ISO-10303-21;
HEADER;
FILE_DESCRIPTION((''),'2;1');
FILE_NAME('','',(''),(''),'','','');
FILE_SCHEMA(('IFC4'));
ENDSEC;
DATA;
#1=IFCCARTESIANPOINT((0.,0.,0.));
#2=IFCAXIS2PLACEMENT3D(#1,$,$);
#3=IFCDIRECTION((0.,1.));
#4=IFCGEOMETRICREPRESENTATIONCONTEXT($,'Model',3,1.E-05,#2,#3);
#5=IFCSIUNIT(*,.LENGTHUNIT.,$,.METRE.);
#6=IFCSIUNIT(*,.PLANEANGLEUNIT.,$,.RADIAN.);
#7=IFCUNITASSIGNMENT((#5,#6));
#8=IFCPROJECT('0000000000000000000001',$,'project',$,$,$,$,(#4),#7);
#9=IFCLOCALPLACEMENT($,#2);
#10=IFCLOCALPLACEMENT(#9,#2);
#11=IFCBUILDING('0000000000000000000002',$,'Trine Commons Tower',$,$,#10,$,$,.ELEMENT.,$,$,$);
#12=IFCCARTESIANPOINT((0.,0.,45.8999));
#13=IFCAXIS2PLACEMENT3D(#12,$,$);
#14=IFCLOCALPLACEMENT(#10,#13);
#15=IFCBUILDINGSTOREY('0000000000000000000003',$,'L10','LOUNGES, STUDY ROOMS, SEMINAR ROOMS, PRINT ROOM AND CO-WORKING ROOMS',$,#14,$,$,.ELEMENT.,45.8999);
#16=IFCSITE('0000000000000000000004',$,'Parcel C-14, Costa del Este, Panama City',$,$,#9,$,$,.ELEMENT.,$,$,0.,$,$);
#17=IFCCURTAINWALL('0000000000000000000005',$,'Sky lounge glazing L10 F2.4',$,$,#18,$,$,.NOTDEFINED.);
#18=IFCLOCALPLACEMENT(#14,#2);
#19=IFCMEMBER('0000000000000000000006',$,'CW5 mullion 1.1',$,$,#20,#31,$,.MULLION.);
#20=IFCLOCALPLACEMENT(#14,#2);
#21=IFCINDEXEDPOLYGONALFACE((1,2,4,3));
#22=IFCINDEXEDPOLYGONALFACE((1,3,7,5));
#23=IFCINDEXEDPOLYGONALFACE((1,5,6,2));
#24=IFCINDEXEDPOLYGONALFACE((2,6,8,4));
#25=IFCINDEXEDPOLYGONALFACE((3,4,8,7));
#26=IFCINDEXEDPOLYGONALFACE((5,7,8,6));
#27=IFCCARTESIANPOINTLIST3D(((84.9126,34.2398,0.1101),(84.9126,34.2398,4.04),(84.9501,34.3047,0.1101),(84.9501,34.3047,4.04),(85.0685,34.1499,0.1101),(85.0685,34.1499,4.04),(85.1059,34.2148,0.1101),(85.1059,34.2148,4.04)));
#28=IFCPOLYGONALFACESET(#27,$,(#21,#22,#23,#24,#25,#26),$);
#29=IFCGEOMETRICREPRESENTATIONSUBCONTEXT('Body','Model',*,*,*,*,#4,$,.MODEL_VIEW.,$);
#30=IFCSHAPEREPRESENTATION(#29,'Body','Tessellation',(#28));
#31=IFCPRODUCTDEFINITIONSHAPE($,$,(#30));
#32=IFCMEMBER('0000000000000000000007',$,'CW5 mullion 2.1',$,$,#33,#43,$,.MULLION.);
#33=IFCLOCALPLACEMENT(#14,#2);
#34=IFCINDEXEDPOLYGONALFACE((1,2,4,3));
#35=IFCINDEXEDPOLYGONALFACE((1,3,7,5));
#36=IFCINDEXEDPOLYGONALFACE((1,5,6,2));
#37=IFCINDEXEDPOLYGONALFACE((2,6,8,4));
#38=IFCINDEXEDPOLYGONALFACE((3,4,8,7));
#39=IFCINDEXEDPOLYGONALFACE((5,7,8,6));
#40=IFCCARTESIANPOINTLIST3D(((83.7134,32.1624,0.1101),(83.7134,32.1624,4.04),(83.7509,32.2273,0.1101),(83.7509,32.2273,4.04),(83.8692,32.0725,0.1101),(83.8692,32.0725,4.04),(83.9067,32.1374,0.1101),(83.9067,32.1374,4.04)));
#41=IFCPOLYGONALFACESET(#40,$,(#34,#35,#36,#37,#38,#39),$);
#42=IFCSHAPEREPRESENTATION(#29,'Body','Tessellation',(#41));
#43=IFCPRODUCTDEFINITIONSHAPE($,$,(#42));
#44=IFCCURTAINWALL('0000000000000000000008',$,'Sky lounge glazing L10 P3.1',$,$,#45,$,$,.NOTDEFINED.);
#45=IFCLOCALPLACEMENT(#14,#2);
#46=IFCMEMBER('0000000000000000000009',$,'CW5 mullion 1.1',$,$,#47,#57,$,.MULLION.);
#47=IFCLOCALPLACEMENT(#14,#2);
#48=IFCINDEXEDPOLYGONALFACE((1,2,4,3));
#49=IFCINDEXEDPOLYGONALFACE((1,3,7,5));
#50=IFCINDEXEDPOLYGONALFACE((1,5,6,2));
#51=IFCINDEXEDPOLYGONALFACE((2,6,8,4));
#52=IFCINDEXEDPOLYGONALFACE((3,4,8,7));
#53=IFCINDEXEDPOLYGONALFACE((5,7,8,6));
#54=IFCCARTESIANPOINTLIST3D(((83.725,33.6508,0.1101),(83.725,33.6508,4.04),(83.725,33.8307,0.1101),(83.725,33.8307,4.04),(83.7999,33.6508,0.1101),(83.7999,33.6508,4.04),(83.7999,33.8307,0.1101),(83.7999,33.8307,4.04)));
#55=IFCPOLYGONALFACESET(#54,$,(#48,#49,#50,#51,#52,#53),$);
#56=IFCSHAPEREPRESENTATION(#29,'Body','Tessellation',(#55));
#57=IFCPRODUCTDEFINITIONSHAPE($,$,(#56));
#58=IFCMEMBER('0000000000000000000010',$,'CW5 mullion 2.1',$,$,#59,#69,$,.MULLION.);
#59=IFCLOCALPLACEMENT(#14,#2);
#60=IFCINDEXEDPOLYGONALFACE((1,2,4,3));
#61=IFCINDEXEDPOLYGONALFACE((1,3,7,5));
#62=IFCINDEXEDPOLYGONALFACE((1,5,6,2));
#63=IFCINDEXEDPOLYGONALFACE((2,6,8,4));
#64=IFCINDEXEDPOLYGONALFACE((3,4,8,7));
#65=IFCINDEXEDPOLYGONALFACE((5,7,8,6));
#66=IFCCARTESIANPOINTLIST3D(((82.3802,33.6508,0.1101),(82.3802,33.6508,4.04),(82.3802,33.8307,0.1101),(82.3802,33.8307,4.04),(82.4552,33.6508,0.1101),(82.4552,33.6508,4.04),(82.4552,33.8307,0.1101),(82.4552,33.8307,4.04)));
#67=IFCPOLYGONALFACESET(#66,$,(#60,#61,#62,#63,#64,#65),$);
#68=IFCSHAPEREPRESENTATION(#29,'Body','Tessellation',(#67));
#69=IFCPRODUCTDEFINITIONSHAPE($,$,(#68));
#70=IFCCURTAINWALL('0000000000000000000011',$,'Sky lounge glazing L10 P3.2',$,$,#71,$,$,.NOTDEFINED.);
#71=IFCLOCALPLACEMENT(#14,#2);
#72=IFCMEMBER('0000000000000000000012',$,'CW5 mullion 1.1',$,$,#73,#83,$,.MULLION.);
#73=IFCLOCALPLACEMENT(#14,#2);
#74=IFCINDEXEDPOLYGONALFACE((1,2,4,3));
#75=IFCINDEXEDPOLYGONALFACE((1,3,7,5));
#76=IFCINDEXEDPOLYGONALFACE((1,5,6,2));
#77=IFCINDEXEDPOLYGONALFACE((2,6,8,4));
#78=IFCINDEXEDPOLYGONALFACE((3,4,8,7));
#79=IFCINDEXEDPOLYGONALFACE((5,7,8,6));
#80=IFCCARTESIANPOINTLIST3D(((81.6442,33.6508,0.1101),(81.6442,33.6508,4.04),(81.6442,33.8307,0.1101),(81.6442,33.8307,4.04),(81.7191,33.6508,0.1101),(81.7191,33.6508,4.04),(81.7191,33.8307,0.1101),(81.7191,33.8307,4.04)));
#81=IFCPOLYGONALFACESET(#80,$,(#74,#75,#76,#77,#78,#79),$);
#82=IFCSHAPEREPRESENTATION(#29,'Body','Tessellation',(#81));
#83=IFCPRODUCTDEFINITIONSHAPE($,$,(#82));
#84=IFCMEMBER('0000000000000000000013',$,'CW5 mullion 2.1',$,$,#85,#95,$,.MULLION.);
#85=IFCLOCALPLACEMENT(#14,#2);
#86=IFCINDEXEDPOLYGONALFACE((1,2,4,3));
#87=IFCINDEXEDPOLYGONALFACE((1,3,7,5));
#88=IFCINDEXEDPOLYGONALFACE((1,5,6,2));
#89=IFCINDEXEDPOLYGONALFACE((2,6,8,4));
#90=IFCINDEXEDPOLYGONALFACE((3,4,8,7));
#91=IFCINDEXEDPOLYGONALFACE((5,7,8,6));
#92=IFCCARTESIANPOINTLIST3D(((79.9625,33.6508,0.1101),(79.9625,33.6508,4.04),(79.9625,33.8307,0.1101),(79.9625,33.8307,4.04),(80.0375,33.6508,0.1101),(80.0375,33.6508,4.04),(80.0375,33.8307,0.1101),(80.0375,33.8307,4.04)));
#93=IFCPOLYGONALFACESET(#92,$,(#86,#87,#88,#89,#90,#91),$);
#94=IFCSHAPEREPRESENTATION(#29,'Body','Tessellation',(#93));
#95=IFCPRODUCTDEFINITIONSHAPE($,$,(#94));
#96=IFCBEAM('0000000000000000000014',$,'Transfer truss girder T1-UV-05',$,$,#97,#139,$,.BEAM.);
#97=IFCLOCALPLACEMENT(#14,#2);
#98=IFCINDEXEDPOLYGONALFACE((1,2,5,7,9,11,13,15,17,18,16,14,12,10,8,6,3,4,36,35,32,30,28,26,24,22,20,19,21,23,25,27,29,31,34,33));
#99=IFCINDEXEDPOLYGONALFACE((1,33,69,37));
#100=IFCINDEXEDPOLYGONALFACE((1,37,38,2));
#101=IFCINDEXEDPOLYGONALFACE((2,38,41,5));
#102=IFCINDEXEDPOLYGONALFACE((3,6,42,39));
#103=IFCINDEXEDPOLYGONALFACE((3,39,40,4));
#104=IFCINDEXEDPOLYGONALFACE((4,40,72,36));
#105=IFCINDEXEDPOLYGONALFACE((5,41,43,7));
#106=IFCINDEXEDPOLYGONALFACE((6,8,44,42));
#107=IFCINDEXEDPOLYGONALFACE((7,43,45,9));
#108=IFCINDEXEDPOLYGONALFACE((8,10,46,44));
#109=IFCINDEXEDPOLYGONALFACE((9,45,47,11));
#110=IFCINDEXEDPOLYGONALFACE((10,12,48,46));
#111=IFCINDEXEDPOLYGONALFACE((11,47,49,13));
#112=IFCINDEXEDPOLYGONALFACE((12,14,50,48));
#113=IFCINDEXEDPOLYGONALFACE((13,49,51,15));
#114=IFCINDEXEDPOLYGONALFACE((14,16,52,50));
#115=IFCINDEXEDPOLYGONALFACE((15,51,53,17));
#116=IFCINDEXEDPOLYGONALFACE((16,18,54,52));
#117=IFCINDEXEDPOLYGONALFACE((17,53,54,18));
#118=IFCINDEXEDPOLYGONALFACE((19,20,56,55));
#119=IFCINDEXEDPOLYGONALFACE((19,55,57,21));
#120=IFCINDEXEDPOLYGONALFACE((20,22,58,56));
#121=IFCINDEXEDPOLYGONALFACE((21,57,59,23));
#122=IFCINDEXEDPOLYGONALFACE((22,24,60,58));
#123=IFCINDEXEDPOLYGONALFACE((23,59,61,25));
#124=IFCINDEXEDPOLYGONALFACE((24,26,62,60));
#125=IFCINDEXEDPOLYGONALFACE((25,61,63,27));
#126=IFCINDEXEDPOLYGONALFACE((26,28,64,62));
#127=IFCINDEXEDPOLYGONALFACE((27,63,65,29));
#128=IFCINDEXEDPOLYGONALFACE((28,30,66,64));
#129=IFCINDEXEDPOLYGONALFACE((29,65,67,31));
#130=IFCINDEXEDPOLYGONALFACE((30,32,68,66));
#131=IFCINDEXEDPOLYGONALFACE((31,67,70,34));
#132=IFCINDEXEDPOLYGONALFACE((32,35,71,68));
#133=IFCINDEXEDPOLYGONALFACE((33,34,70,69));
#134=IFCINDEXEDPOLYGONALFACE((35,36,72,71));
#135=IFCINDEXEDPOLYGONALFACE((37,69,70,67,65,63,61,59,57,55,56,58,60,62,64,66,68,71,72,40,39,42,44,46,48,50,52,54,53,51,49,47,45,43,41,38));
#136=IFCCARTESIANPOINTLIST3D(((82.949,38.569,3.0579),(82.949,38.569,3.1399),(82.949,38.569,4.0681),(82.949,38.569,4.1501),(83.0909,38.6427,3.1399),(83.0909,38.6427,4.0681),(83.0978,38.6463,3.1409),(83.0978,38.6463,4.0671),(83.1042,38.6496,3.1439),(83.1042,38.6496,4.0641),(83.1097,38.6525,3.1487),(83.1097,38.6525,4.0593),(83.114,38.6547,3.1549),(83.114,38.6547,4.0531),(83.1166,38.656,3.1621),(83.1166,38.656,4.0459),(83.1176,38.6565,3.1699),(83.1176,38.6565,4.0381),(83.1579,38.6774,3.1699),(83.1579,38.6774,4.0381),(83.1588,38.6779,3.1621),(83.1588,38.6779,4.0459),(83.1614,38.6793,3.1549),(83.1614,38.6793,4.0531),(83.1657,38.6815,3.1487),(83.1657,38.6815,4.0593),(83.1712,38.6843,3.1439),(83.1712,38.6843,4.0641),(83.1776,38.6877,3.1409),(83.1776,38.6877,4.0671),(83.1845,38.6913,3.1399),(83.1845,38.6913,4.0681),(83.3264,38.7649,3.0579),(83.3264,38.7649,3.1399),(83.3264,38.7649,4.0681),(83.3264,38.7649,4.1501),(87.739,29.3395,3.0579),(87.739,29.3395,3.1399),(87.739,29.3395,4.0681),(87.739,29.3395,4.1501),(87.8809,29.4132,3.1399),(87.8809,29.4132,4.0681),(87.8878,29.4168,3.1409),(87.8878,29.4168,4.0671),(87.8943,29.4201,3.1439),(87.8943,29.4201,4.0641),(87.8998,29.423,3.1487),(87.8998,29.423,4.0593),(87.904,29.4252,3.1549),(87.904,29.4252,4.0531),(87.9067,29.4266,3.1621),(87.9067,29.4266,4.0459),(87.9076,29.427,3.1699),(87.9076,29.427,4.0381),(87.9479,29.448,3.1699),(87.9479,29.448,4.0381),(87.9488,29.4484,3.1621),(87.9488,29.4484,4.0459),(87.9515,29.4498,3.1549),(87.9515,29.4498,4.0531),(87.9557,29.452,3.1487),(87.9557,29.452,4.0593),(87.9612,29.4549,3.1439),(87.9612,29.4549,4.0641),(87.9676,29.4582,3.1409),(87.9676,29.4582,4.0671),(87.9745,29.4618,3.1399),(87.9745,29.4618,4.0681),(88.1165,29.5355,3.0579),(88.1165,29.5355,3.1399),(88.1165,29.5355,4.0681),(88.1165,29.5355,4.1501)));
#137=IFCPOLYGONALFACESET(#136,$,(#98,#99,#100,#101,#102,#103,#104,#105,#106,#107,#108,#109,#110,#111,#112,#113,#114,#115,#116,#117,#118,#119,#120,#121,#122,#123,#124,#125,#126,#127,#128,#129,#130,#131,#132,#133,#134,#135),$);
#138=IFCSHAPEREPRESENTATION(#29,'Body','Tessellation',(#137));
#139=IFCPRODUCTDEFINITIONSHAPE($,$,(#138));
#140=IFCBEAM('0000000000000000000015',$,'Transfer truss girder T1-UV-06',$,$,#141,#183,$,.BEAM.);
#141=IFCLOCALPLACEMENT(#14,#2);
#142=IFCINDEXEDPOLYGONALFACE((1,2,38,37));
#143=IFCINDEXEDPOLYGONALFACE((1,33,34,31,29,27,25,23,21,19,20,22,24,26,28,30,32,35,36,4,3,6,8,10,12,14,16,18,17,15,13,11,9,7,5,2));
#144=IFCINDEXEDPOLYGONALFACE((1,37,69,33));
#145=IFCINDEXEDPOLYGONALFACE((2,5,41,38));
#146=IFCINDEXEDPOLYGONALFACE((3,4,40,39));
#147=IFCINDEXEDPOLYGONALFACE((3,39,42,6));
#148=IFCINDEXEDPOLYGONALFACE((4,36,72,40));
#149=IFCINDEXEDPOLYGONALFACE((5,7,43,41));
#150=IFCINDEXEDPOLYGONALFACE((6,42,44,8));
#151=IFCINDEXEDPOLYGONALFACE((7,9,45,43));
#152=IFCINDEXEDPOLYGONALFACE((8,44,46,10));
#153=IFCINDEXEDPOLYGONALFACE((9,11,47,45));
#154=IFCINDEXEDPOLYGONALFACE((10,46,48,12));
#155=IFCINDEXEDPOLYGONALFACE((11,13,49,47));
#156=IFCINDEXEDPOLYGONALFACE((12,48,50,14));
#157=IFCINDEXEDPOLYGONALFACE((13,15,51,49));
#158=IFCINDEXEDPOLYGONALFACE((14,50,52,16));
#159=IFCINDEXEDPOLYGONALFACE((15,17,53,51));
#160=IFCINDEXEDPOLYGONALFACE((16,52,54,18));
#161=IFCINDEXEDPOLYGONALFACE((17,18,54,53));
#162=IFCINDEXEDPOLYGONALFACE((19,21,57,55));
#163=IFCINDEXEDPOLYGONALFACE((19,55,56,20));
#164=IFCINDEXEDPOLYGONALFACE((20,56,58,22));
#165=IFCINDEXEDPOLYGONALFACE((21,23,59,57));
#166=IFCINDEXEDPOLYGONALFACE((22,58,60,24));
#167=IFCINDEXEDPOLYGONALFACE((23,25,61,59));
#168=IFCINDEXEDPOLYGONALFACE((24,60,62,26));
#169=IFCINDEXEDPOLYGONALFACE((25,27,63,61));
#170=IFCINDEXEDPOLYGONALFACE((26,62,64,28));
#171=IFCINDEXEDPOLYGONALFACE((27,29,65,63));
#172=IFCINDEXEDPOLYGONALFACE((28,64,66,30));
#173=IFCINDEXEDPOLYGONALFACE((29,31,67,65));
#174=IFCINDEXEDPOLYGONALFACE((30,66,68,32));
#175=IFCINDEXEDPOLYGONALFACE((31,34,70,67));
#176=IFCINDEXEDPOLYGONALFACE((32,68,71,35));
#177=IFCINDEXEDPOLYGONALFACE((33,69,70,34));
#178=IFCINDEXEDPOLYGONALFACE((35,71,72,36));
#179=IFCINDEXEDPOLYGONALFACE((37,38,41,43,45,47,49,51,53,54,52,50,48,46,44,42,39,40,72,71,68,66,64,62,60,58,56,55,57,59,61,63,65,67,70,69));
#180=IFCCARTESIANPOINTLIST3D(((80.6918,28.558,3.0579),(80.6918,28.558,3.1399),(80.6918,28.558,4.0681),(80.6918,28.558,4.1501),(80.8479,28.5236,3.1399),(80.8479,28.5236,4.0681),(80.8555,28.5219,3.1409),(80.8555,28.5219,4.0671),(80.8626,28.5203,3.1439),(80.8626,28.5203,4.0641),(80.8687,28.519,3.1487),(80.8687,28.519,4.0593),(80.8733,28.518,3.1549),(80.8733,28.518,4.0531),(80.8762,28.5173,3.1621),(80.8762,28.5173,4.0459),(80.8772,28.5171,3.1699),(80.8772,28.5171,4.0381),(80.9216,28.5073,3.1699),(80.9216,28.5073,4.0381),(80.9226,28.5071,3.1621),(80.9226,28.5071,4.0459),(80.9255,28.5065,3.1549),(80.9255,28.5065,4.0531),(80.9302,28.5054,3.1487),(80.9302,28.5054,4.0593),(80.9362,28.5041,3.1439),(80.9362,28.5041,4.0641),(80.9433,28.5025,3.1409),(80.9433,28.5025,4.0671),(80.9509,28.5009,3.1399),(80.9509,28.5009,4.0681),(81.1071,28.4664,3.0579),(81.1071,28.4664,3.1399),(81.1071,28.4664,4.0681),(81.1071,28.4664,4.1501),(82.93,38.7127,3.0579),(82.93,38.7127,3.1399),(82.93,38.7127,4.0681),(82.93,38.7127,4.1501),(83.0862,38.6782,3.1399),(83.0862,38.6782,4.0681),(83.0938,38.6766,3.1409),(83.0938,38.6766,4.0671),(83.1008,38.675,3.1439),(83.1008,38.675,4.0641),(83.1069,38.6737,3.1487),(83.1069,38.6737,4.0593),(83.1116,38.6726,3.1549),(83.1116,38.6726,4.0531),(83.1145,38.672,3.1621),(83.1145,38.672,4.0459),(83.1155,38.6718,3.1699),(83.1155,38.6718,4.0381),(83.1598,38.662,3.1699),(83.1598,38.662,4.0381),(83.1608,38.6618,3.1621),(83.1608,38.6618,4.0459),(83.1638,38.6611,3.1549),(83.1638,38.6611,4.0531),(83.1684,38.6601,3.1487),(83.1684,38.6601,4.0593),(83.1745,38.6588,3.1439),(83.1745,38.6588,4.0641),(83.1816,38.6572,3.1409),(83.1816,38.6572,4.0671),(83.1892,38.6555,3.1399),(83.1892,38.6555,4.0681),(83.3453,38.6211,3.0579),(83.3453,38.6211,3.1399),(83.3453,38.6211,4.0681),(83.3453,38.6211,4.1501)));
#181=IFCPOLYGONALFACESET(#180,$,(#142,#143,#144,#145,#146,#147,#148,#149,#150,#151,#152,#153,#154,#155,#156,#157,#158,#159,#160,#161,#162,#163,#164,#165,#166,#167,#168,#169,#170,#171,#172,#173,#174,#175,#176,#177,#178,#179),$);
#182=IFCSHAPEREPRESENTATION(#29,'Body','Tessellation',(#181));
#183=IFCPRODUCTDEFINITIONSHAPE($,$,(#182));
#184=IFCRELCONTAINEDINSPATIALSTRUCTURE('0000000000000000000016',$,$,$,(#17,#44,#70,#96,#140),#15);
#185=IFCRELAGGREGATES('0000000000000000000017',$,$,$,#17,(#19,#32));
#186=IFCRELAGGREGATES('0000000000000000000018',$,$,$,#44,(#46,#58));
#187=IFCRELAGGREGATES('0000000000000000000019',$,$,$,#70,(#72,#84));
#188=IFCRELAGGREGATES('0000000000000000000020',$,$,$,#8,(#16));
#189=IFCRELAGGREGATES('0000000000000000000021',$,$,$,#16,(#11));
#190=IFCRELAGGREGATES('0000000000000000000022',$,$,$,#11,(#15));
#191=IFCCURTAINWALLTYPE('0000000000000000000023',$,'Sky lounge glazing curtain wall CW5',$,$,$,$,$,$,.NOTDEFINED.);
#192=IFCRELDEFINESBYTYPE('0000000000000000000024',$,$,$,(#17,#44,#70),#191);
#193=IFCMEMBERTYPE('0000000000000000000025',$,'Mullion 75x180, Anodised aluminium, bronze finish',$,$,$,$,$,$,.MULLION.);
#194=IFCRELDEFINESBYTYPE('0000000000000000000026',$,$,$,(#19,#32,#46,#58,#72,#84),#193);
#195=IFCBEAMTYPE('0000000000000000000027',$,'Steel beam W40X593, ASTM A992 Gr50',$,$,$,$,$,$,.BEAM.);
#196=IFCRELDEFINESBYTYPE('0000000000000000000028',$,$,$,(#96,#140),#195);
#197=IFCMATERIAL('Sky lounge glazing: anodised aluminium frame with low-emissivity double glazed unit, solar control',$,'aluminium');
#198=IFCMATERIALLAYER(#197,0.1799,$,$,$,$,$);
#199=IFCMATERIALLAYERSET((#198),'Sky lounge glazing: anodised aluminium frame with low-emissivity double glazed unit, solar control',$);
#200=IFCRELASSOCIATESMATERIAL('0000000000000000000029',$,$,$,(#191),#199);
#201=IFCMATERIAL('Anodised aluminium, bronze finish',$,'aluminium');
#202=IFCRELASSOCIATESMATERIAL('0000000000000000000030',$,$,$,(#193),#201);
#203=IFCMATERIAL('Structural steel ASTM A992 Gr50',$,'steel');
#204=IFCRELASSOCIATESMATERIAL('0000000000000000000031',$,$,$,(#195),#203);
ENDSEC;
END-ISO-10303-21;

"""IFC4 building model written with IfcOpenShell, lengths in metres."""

from ifc_helpers import new_model, si_unit, direction, frame, origin, origin_2d, place, context, subcontext, project, spatial, rectangle, i_section, extrude, material, layer, layer_set, material_profile, profile_set, type_object, element, aggregate, save


model = new_model("IFC4")

# Units and contexts
model_context = context("Model", 3, precision=1e-05, world=origin(), true_north=direction((0.0, 1.0)))
body_context = subcontext(model_context, "Body", "Model", "MODEL_VIEW")
ifc_project = project(units=[si_unit("LENGTHUNIT", "METRE"), si_unit("PLANEANGLEUNIT", "RADIAN")], contexts=[model_context])

# Site, building, storey
site_placement = place(None, origin())
site = spatial("IfcSite", under=ifc_project, at=site_placement, Name="Parcel C-14, Costa del Este, Panama City", CompositionType="ELEMENT", RefElevation=0.0)
building_placement = place(site_placement, origin())
building = spatial("IfcBuilding", under=site, at=building_placement, Name="Trine Commons Tower", CompositionType="ELEMENT")
storey_placement = place(building_placement, frame((0.0, 0.0, 45.8999)))
storey = spatial("IfcBuildingStorey", under=building, at=storey_placement, Name="L10", Description="LOUNGES, STUDY ROOMS, SEMINAR ROOMS, PRINT ROOM AND CO-WORKING ROOMS", CompositionType="ELEMENT", Elevation=45.8999)

# Curtain walls, members
ifc_material_1 = material(Name="Sky lounge glazing: anodised aluminium frame with low-emissivity double glazed unit, solar control", Category="aluminium")
ifc_layer_1 = layer(ifc_material_1, 0.1799)
ifc_layer_set_1 = layer_set([ifc_layer_1], Name="Sky lounge glazing: anodised aluminium frame with low-emissivity double glazed unit, solar control")
curtain_wall_type = type_object("IfcCurtainWallType", Name="Sky lounge glazing curtain wall CW5", PredefinedType="NOTDEFINED", material=ifc_layer_set_1)
curtain_wall_1_placement = place(storey_placement, origin())
curtain_wall_1 = element("IfcCurtainWall", 1, at=curtain_wall_1_placement, inside=storey, type_object=curtain_wall_type, Name="Sky lounge glazing L10 F2.4", PredefinedType="NOTDEFINED")
ifc_material_2 = material(Name="Anodised aluminium, bronze finish", Category="aluminium")
ifc_material_profile_1 = material_profile(ifc_material_2, rectangle(XDim=0.1799, YDim=0.075, at=origin_2d()), Name="Mullion 75x180")
ifc_profile_set_1 = profile_set([ifc_material_profile_1], Name="Anodised aluminium, bronze finish")
member_type_1 = type_object("IfcMemberType", Name="Mullion 75x180, Anodised aluminium, bronze finish", PredefinedType="MULLION", material=ifc_profile_set_1)
member_1_placement = place(storey_placement, frame((85.0093, 34.2273, 0.1101), z_axis=(0.0, 0.0, 1.0), x_axis=(0.866025, -0.5, 0.0)))
member_1 = element("IfcMember", 2, at=member_1_placement, type_object=member_type_1, Name="CW5 mullion 1.1", PredefinedType="MULLION", context=body_context, shape_type="SweptSolid", body=[
    extrude(rectangle(XDim=0.1799, YDim=0.075, at=origin_2d()), origin(), (0.0, 0.0, 1.0), 3.9299),
])
member_2_placement = place(storey_placement, frame((83.8101, 32.1499, 0.1101), z_axis=(0.0, 0.0, 1.0), x_axis=(0.866025, -0.5, 0.0)))
member_2 = element("IfcMember", 3, at=member_2_placement, type_object=member_type_1, Name="CW5 mullion 2.1", PredefinedType="MULLION", context=body_context, shape_type="SweptSolid", body=[
    extrude(rectangle(XDim=0.1799, YDim=0.075, at=origin_2d()), origin(), (0.0, 0.0, 1.0), 3.9299),
])
curtain_wall_2_placement = place(storey_placement, origin())
curtain_wall_2 = element("IfcCurtainWall", 4, at=curtain_wall_2_placement, inside=storey, type_object=curtain_wall_type, Name="Sky lounge glazing L10 P3.1", PredefinedType="NOTDEFINED")
member_3_placement = place(storey_placement, frame((83.7625, 33.7407, 0.1101), z_axis=(0.0, 0.0, 1.0), x_axis=(0.0, -1.0, 0.0)))
member_3 = element("IfcMember", 5, at=member_3_placement, type_object=member_type_1, Name="CW5 mullion 1.1", PredefinedType="MULLION", context=body_context, shape_type="SweptSolid", body=[
    extrude(rectangle(XDim=0.1799, YDim=0.075, at=origin_2d()), origin(), (0.0, 0.0, 1.0), 3.9299),
])
member_4_placement = place(storey_placement, frame((82.4177, 33.7407, 0.1101), z_axis=(0.0, 0.0, 1.0), x_axis=(0.0, -1.0, 0.0)))
member_4 = element("IfcMember", 6, at=member_4_placement, type_object=member_type_1, Name="CW5 mullion 2.1", PredefinedType="MULLION", context=body_context, shape_type="SweptSolid", body=[
    extrude(rectangle(XDim=0.1799, YDim=0.075, at=origin_2d()), origin(), (0.0, 0.0, 1.0), 3.9299),
])
curtain_wall_3_placement = place(storey_placement, origin())
curtain_wall_3 = element("IfcCurtainWall", 7, at=curtain_wall_3_placement, inside=storey, type_object=curtain_wall_type, Name="Sky lounge glazing L10 P3.2", PredefinedType="NOTDEFINED")
member_5_placement = place(storey_placement, frame((81.6816, 33.7407, 0.1101), z_axis=(0.0, 0.0, 1.0), x_axis=(0.0, -1.0, 0.0)))
member_5 = element("IfcMember", 8, at=member_5_placement, type_object=member_type_1, Name="CW5 mullion 1.1", PredefinedType="MULLION", context=body_context, shape_type="SweptSolid", body=[
    extrude(rectangle(XDim=0.1799, YDim=0.075, at=origin_2d()), origin(), (0.0, 0.0, 1.0), 3.9299),
])
member_6_placement = place(storey_placement, frame((80.0, 33.7407, 0.1101), z_axis=(0.0, 0.0, 1.0), x_axis=(0.0, -1.0, 0.0)))
member_6 = element("IfcMember", 9, at=member_6_placement, type_object=member_type_1, Name="CW5 mullion 2.1", PredefinedType="MULLION", context=body_context, shape_type="SweptSolid", body=[
    extrude(rectangle(XDim=0.1799, YDim=0.075, at=origin_2d()), origin(), (0.0, 0.0, 1.0), 3.9299),
])

# Beams
ifc_material_3 = material(Name="Structural steel ASTM A992 Gr50", Category="steel")
ifc_material_profile_2 = material_profile(ifc_material_3, i_section(OverallWidth=0.4253, OverallDepth=1.0923, WebThickness=0.0454, FlangeThickness=0.082, FilletRadius=0.03, at=origin_2d()), Name="W40X593")
ifc_profile_set_2 = profile_set([ifc_material_profile_2], Name="Structural steel ASTM A992 Gr50")
beam_type = type_object("IfcBeamType", Name="Steel beam W40X593, ASTM A992 Gr50", PredefinedType="BEAM", material=ifc_profile_set_2)
for number, where, z_axis, x_axis, name in (
    (10, (87.9277, 29.4375, 3.604), (-0.460649, 0.887582, 0.0), (-0.887582, -0.460649, 0.0), "Transfer truss girder T1-UV-05"),
    (11, (80.8994, 28.5122, 3.604), (0.21525, 0.976559, 0.0), (-0.976559, 0.21525, 0.0), "Transfer truss girder T1-UV-06"),
):
    element("IfcBeam", number, at=place(storey_placement, frame(where, z_axis=z_axis, x_axis=x_axis)), inside=storey, type_object=beam_type, Name=name, PredefinedType="BEAM", context=body_context, shape_type="SweptSolid", body=[
        extrude(i_section(OverallWidth=0.4253, OverallDepth=1.0923, WebThickness=0.0454, FlangeThickness=0.082, FilletRadius=0.03, at=origin_2d()), origin(), (0.0, 0.0, 1.0), 10.3984),
    ])

aggregate(curtain_wall_1, [member_1, member_2])
aggregate(curtain_wall_2, [member_3, member_4])
aggregate(curtain_wall_3, [member_5, member_6])

save(model, "model.ifc")
